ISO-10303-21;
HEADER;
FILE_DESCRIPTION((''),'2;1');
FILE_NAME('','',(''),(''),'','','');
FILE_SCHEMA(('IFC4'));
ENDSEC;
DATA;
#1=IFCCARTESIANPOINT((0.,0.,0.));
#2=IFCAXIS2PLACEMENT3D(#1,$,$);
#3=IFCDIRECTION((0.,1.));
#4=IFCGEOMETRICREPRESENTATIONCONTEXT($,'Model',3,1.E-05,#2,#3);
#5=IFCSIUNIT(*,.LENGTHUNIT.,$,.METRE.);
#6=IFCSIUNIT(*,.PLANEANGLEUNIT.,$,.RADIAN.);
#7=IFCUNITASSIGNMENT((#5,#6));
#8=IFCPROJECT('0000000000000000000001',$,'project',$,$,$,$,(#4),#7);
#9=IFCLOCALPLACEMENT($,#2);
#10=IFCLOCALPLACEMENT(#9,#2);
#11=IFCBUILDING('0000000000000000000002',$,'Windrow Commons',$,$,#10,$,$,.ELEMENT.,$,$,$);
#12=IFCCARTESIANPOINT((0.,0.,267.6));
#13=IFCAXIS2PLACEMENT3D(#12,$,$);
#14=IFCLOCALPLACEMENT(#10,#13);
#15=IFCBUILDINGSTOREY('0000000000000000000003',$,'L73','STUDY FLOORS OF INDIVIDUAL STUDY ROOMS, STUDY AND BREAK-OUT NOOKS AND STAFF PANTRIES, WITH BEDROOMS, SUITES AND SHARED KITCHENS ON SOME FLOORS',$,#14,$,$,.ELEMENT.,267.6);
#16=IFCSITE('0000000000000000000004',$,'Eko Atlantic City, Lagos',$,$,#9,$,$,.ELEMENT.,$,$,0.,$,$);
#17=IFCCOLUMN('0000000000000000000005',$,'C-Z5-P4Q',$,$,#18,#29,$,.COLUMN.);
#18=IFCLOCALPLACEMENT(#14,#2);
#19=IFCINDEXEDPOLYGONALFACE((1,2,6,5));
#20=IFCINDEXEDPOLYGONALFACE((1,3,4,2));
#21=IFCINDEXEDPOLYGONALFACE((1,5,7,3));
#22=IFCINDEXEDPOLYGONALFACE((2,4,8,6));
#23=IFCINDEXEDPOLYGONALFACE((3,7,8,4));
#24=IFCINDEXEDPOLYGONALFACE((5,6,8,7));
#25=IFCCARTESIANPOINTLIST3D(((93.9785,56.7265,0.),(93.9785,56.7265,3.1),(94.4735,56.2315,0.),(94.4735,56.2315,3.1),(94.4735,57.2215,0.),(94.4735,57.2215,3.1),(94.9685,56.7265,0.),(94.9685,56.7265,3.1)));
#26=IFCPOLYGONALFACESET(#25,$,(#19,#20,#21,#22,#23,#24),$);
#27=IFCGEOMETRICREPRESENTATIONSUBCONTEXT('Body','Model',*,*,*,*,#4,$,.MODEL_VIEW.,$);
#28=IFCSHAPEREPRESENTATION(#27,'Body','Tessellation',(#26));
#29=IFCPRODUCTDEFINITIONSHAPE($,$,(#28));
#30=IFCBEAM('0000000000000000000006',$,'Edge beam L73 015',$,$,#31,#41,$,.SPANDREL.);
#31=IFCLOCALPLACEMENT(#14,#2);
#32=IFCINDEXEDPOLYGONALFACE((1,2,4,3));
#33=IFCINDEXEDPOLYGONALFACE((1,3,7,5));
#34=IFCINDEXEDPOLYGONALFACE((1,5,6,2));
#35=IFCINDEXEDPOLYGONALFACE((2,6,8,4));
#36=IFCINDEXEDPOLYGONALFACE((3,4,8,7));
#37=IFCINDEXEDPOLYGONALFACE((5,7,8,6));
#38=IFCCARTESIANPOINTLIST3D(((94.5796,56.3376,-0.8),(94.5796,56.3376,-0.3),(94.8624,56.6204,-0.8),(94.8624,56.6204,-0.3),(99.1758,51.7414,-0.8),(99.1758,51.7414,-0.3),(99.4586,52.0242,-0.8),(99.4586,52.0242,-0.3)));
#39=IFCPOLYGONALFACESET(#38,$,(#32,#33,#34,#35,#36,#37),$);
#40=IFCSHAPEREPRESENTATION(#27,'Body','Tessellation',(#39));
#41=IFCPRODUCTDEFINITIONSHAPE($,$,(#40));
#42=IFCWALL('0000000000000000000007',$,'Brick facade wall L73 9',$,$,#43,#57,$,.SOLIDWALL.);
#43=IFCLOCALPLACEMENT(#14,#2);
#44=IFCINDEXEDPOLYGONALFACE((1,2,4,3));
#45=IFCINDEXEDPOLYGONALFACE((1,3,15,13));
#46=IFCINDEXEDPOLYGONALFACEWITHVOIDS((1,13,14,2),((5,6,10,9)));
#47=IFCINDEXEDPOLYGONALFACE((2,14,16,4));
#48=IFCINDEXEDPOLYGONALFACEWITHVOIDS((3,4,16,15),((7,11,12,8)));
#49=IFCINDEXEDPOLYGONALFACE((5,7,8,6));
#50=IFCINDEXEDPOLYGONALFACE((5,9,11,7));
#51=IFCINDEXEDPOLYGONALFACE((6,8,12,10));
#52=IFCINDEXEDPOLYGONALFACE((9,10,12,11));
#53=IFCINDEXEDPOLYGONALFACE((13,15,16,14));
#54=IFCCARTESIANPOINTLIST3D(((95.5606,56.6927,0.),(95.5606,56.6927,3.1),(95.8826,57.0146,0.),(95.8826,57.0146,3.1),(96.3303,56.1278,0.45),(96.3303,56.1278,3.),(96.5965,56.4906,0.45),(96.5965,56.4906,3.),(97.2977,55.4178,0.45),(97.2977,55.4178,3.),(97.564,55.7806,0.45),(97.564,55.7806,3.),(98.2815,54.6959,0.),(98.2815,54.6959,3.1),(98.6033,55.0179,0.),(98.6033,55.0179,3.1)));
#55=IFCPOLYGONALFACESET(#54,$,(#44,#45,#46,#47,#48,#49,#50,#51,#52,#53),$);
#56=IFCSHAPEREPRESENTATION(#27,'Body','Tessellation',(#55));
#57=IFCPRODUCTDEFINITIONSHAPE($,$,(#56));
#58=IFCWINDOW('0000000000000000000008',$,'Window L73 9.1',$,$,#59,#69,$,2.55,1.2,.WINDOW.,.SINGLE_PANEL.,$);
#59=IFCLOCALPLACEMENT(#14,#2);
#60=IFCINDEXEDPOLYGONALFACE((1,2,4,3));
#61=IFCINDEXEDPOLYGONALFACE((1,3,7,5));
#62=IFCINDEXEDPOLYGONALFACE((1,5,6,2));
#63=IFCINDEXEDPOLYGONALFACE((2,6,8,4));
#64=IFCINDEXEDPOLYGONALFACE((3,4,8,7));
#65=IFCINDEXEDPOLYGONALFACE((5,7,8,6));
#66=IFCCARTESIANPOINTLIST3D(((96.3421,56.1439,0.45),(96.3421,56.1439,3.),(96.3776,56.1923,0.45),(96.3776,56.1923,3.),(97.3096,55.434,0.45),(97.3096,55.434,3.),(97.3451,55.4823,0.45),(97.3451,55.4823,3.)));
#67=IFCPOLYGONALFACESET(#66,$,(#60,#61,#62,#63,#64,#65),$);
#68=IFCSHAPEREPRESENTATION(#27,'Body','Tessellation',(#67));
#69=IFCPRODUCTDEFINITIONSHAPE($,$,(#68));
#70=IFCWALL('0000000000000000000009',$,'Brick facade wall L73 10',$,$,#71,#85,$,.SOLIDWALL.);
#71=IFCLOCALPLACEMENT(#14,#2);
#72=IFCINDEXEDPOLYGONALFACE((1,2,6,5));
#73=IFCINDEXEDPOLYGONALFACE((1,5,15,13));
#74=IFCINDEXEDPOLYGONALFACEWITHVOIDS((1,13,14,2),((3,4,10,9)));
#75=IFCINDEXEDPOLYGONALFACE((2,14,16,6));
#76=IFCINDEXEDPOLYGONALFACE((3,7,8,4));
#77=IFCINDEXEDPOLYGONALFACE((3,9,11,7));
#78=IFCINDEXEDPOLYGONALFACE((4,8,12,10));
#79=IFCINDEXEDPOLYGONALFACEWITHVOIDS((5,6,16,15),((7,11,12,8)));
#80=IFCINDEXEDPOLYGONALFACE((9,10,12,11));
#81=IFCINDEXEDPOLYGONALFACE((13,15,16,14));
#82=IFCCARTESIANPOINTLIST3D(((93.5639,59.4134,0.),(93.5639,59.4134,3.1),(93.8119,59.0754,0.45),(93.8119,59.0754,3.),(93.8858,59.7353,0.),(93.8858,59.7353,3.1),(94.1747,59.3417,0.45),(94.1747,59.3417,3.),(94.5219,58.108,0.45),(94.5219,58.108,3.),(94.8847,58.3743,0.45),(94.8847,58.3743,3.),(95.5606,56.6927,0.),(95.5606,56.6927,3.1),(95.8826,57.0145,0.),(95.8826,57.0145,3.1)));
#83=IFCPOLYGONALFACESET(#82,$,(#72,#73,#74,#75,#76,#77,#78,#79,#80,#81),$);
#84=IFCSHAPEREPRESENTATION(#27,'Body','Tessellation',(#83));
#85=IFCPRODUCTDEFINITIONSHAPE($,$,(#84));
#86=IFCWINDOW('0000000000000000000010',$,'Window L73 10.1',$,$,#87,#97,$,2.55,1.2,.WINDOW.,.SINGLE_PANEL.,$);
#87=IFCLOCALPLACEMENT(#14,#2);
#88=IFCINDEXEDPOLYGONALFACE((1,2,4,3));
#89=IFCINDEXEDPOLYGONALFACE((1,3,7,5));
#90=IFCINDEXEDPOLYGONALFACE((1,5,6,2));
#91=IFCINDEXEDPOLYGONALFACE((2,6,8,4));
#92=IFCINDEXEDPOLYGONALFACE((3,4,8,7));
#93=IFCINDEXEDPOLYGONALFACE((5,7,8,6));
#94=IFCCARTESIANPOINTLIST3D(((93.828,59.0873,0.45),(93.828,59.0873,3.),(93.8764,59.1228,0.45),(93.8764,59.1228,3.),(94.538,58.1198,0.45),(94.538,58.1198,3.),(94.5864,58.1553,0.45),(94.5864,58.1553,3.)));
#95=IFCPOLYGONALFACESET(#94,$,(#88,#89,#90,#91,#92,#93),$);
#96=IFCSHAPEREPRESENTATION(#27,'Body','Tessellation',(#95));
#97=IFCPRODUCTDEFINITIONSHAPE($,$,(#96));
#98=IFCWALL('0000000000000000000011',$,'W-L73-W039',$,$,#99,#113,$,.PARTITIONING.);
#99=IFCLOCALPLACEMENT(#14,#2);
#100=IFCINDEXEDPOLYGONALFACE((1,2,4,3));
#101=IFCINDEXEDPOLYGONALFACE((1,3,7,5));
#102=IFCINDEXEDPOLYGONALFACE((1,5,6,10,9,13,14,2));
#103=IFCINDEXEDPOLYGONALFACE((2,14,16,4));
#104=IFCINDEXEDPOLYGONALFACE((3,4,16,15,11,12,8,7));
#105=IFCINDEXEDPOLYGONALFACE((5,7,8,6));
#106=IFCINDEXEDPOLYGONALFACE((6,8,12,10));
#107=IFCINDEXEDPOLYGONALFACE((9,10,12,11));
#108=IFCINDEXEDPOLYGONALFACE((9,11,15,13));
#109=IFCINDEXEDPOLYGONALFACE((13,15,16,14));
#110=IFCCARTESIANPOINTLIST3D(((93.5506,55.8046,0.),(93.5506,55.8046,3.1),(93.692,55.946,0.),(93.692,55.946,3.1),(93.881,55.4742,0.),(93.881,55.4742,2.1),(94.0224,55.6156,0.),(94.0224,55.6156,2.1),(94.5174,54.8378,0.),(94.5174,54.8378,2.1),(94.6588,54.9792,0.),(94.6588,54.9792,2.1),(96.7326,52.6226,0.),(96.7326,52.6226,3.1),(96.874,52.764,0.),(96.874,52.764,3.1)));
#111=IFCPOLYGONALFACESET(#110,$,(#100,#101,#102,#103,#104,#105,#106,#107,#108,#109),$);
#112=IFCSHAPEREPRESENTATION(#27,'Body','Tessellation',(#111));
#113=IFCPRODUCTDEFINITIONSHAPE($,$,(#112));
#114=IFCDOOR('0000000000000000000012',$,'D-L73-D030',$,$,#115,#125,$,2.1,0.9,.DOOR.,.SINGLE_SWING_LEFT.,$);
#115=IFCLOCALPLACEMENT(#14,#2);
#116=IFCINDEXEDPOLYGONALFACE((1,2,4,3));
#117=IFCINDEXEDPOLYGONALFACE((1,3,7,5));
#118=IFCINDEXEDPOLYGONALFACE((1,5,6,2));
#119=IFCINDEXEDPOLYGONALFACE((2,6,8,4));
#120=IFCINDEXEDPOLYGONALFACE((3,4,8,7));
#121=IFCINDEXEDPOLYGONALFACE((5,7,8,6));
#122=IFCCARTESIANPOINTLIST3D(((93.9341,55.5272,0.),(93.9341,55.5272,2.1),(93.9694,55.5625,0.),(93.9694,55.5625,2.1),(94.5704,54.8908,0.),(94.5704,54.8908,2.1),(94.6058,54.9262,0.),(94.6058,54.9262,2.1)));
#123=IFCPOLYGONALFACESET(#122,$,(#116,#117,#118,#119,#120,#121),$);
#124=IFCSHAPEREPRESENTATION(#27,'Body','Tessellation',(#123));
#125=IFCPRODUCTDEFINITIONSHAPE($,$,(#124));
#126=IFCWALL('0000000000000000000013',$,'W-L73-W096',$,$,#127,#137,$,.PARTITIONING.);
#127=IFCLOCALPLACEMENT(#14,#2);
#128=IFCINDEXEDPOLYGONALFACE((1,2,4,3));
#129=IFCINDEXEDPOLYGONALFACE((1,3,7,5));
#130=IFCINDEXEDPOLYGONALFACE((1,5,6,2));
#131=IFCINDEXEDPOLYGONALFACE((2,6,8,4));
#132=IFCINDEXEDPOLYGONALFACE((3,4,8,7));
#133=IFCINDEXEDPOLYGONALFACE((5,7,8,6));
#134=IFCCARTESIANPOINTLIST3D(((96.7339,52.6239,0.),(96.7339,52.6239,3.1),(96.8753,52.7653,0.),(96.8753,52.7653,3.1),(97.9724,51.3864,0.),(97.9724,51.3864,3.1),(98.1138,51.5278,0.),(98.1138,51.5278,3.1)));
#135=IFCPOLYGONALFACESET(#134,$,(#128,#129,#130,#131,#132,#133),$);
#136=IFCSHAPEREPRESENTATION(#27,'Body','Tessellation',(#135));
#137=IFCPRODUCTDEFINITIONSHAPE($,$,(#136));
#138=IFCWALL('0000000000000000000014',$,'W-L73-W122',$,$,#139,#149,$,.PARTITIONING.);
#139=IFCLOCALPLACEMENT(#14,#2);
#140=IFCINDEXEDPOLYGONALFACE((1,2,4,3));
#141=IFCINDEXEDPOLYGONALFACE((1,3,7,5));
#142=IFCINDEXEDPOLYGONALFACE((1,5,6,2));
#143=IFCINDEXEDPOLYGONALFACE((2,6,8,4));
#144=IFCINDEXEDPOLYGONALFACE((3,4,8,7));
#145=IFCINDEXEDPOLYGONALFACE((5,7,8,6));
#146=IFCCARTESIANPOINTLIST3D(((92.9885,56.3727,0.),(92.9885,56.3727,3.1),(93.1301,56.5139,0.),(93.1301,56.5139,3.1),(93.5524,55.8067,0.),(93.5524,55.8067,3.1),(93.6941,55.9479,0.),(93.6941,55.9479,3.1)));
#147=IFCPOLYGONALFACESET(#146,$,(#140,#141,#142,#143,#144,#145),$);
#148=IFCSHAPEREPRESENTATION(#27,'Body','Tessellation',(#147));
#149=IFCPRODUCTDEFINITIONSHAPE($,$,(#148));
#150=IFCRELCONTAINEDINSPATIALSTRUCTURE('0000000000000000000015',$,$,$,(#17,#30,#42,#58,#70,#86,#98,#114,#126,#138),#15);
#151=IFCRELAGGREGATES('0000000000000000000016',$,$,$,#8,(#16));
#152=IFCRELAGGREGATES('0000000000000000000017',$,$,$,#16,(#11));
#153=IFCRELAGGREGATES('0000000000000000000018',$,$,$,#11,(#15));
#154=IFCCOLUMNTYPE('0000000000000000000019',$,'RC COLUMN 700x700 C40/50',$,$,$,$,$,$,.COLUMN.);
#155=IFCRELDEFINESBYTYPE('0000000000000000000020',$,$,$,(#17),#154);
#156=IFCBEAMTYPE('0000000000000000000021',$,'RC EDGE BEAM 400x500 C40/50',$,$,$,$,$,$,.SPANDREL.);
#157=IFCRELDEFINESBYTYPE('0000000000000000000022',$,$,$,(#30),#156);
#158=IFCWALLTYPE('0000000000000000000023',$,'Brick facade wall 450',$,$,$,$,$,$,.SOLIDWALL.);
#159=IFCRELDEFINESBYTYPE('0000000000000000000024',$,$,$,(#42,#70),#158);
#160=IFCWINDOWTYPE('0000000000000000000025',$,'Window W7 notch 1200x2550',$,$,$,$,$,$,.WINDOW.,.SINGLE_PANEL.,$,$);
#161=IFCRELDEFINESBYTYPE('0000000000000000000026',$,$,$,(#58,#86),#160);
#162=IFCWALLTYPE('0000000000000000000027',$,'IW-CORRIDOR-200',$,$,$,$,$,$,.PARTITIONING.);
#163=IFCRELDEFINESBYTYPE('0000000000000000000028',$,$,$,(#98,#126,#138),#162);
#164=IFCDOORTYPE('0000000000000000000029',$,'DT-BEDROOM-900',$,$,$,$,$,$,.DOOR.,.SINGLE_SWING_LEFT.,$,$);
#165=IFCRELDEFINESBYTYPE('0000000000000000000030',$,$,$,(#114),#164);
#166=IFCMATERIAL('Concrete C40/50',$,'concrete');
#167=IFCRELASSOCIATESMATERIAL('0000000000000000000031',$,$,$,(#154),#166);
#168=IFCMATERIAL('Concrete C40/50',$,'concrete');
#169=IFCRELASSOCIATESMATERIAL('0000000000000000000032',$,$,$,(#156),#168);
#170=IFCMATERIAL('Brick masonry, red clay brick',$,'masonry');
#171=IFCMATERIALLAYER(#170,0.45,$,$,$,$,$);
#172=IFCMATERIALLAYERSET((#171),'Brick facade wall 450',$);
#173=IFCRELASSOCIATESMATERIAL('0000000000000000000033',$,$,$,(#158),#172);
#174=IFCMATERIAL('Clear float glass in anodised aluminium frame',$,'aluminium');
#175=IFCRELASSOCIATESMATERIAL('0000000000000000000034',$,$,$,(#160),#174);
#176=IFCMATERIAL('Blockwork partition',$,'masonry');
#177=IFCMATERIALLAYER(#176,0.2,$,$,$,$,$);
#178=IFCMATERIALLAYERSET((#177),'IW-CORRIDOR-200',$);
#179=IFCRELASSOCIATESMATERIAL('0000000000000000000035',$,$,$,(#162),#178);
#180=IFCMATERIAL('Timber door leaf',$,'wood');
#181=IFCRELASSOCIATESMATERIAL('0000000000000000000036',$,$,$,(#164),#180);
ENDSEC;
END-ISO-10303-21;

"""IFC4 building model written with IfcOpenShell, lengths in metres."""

from ifc_helpers import new_model, si_unit, direction, frame, frame_2d, origin, origin_2d, place, context, subcontext, project, spatial, polyline, rectangle, outline, extrude, material, layer, layer_set, material_profile, profile_set, type_object, element, fill, save


model = new_model("IFC4")

# Units and contexts
model_context = context("Model", 3, precision=1e-05, world=origin(), true_north=direction((0.0, 1.0)))
body_context = subcontext(model_context, "Body", "Model", "MODEL_VIEW")
ifc_project = project(units=[si_unit("LENGTHUNIT", "METRE"), si_unit("PLANEANGLEUNIT", "RADIAN")], contexts=[model_context])

# Site, building, storey
site_placement = place(None, origin())
site = spatial("IfcSite", under=ifc_project, at=site_placement, Name="Eko Atlantic City, Lagos", CompositionType="ELEMENT", RefElevation=0.0)
building_placement = place(site_placement, origin())
building = spatial("IfcBuilding", under=site, at=building_placement, Name="Windrow Commons", CompositionType="ELEMENT")
storey_placement = place(building_placement, frame((0.0, 0.0, 267.6)))
storey = spatial("IfcBuildingStorey", under=building, at=storey_placement, Name="L73", Description="STUDY FLOORS OF INDIVIDUAL STUDY ROOMS, STUDY AND BREAK-OUT NOOKS AND STAFF PANTRIES, WITH BEDROOMS, SUITES AND SHARED KITCHENS ON SOME FLOORS", CompositionType="ELEMENT", Elevation=267.6)

# Column
ifc_material_1 = material(Name="Concrete C40/50", Category="concrete")
ifc_material_profile_1 = material_profile(ifc_material_1, rectangle(XDim=0.7, YDim=0.7, at=origin_2d()))
ifc_profile_set_1 = profile_set([ifc_material_profile_1], Name="Concrete C40/50")
column_type = type_object("IfcColumnType", Name="RC COLUMN 700x700 C40/50", PredefinedType="COLUMN", material=ifc_profile_set_1)
column_placement = place(storey_placement, frame((94.4735, 56.7265, 0.0), z_axis=(0.0, 0.0, 1.0), x_axis=(0.707107, -0.707107, 0.0)))
element("IfcColumn", 1, at=column_placement, inside=storey, type_object=column_type, Name="C-Z5-P4Q", PredefinedType="COLUMN", context=body_context, shape_type="SweptSolid", body=[
    extrude(rectangle(XDim=0.7, YDim=0.7, at=origin_2d()), origin(), (0.0, 0.0, 1.0), 3.1),
])

# Beam
ifc_material_2 = material(Name="Concrete C40/50", Category="concrete")
ifc_material_profile_2 = material_profile(ifc_material_2, rectangle(XDim=0.4, YDim=0.5, at=origin_2d()))
ifc_profile_set_2 = profile_set([ifc_material_profile_2], Name="Concrete C40/50")
beam_type = type_object("IfcBeamType", Name="RC EDGE BEAM 400x500 C40/50", PredefinedType="SPANDREL", material=ifc_profile_set_2)
beam_placement = place(storey_placement, frame((94.721, 56.479, -0.55), z_axis=(0.707107, -0.707107, 0.0), x_axis=(0.707107, 0.707107, 0.0)))
element("IfcBeam", 2, at=beam_placement, inside=storey, type_object=beam_type, Name="Edge beam L73 015", PredefinedType="SPANDREL", context=body_context, shape_type="SweptSolid", body=[
    extrude(rectangle(XDim=0.4, YDim=0.5, at=origin_2d()), origin(), (0.0, 0.0, 1.0), 6.5),
])

# Walls, openings, windows
ifc_material_3 = material(Name="Brick masonry, red clay brick", Category="masonry")
ifc_layer_1 = layer(ifc_material_3, 0.45)
ifc_layer_set_1 = layer_set([ifc_layer_1], Name="Brick facade wall 450")
wall_type_1 = type_object("IfcWallType", Name="Brick facade wall 450", PredefinedType="SOLIDWALL", material=ifc_layer_set_1)
wall_1_placement = place(storey_placement, frame((98.4424, 54.8569, 0.0), z_axis=(0.0, 0.0, 1.0), x_axis=(-0.806201, 0.591642, 0.0)))
wall_1 = element("IfcWall", 3, at=wall_1_placement, inside=storey, type_object=wall_type_1, Name="Brick facade wall L73 9", PredefinedType="SOLIDWALL", context=body_context, shape_type="SweptSolid", body=[
    extrude(outline(polyline([(-0.0345, -0.225), (3.3403, -0.225), (3.4094, 0.225), (0.0345, 0.225), (-0.0345, -0.225)])), origin(), (0.0, 0.0, 1.0), 3.1),
])
opening_1_placement = place(wall_1_placement, frame((1.2547, 0.0, 0.45)))
opening_1 = element("IfcOpeningElement", 4, at=opening_1_placement, cuts=wall_1, PredefinedType="OPENING", context=body_context, shape_type="SweptSolid", body=[
    extrude(rectangle(XDim=1.2, YDim=2.55, at=frame_2d((0.6, 1.275))), frame((0.0, 0.235, 0.0), z_axis=(0.0, -1.0, 0.0), x_axis=(1.0, 0.0, 0.0)), (0.0, 0.0, 1.0), 0.47),
])
ifc_material_4 = material(Name="Clear float glass in anodised aluminium frame", Category="aluminium")
window_type = type_object("IfcWindowType", Name="Window W7 notch 1200x2550", PartitioningType="SINGLE_PANEL", PredefinedType="WINDOW", material=ifc_material_4)
window_1_placement = place(opening_1_placement, origin())
window_1 = element("IfcWindow", 5, at=window_1_placement, inside=storey, type_object=window_type, Name="Window L73 9.1", OverallHeight=2.55, OverallWidth=1.2, PartitioningType="SINGLE_PANEL", PredefinedType="WINDOW", context=body_context, shape_type="SweptSolid", body=[
    extrude(rectangle(XDim=1.2, YDim=2.55, at=frame_2d((0.6, 1.275))), frame((0.0, 0.205, 0.0), z_axis=(0.0, -1.0, 0.0), x_axis=(1.0, 0.0, 0.0)), (0.0, 0.0, 1.0), 0.06),
])
fill(opening_1, window_1)
wall_2_placement = place(storey_placement, frame((95.7216, 56.8536, 0.0), z_axis=(0.0, 0.0, 1.0), x_axis=(-0.591657, 0.80619, 0.0)))
wall_2 = element("IfcWall", 6, at=wall_2_placement, inside=storey, type_object=wall_type_1, Name="Brick facade wall L73 10", PredefinedType="SOLIDWALL", context=body_context, shape_type="SweptSolid", body=[
    extrude(outline(polyline([(0.0345, -0.225), (3.4094, -0.225), (3.3403, 0.225), (-0.0345, 0.225), (0.0345, -0.225)])), origin(), (0.0, 0.0, 1.0), 3.1),
])
opening_2_placement = place(wall_2_placement, frame((1.7211, 0.0, 0.45)))
opening_2 = element("IfcOpeningElement", 7, at=opening_2_placement, cuts=wall_2, PredefinedType="OPENING", context=body_context, shape_type="SweptSolid", body=[
    extrude(rectangle(XDim=1.2, YDim=2.55, at=frame_2d((0.6, 1.275))), frame((0.0, 0.235, 0.0), z_axis=(0.0, -1.0, 0.0), x_axis=(1.0, 0.0, 0.0)), (0.0, 0.0, 1.0), 0.47),
])
window_2_placement = place(opening_2_placement, origin())
window_2 = element("IfcWindow", 8, at=window_2_placement, inside=storey, type_object=window_type, Name="Window L73 10.1", OverallHeight=2.55, OverallWidth=1.2, PartitioningType="SINGLE_PANEL", PredefinedType="WINDOW", context=body_context, shape_type="SweptSolid", body=[
    extrude(rectangle(XDim=1.2, YDim=2.55, at=frame_2d((0.6, 1.275))), frame((0.0, 0.205, 0.0), z_axis=(0.0, -1.0, 0.0), x_axis=(1.0, 0.0, 0.0)), (0.0, 0.0, 1.0), 0.06),
])
fill(opening_2, window_2)

# Wall, opening, door
ifc_material_5 = material(Name="Blockwork partition", Category="masonry")
ifc_layer_2 = layer(ifc_material_5, 0.2)
ifc_layer_set_2 = layer_set([ifc_layer_2], Name="IW-CORRIDOR-200")
wall_type_2 = type_object("IfcWallType", Name="IW-CORRIDOR-200", PredefinedType="PARTITIONING", material=ifc_layer_set_2)
wall_3_placement = place(storey_placement, frame((93.6213, 55.8753, 0.0), z_axis=(0.0, 0.0, 1.0), x_axis=(0.707107, -0.707107, 0.0)))
wall_3 = element("IfcWall", 9, at=wall_3_placement, inside=storey, type_object=wall_type_2, Name="W-L73-W039", PredefinedType="PARTITIONING", context=body_context, shape_type="SweptSolid", body=[
    extrude(rectangle(XDim=4.5, YDim=0.2, at=frame_2d((2.25, 0.0))), origin(), (0.0, 0.0, 1.0), 3.1),
])
opening_3_placement = place(wall_3_placement, frame((0.4673, 0.0, 0.0)))
opening_3 = element("IfcOpeningElement", 10, at=opening_3_placement, cuts=wall_3, PredefinedType="OPENING", context=body_context, shape_type="SweptSolid", body=[
    extrude(rectangle(XDim=0.9, YDim=2.1, at=frame_2d((0.45, 1.05))), frame((0.0, 0.11, 0.0), z_axis=(0.0, -1.0, 0.0), x_axis=(1.0, 0.0, 0.0)), (0.0, 0.0, 1.0), 0.22),
])
ifc_material_6 = material(Name="Timber door leaf", Category="wood")
door_type_1 = type_object("IfcDoorType", Name="DT-BEDROOM-900", OperationType="SINGLE_SWING_LEFT", PredefinedType="DOOR", material=ifc_material_6)
door_1_placement = place(opening_3_placement, origin())
door_1 = element("IfcDoor", 11, at=door_1_placement, inside=storey, type_object=door_type_1, Name="D-L73-D030", OperationType="SINGLE_SWING_LEFT", OverallHeight=2.1, OverallWidth=0.9, PredefinedType="DOOR", context=body_context, shape_type="SweptSolid", body=[
    extrude(rectangle(XDim=0.9, YDim=2.1, at=frame_2d((0.45, 1.05))), frame((0.0, 0.025, 0.0), z_axis=(0.0, -1.0, 0.0), x_axis=(1.0, 0.0, 0.0)), (0.0, 0.0, 1.0), 0.05),
])
fill(opening_3, door_1)

# Walls
wall_4_placement = place(storey_placement, frame((96.8046, 52.6946, 0.0), z_axis=(0.0, 0.0, 1.0), x_axis=(0.707392, -0.706821, 0.0)))
element("IfcWall", 12, at=wall_4_placement, inside=storey, type_object=wall_type_2, Name="W-L73-W096", PredefinedType="PARTITIONING", context=body_context, shape_type="SweptSolid", body=[
    extrude(rectangle(XDim=1.7508, YDim=0.2, at=frame_2d((0.8754, 0.0))), origin(), (0.0, 0.0, 1.0), 3.1),
])
wall_5_placement = place(storey_placement, frame((93.0593, 56.4433, 0.0), z_axis=(0.0, 0.0, 1.0), x_axis=(0.705854, -0.708357, 0.0)))
element("IfcWall", 13, at=wall_5_placement, inside=storey, type_object=wall_type_2, Name="W-L73-W122", PredefinedType="PARTITIONING", context=body_context, shape_type="SweptSolid", body=[
    extrude(rectangle(XDim=0.799, YDim=0.2, at=frame_2d((0.3995, 0.0))), origin(), (0.0, 0.0, 1.0), 3.1),
])

save(model, "model.ifc")
